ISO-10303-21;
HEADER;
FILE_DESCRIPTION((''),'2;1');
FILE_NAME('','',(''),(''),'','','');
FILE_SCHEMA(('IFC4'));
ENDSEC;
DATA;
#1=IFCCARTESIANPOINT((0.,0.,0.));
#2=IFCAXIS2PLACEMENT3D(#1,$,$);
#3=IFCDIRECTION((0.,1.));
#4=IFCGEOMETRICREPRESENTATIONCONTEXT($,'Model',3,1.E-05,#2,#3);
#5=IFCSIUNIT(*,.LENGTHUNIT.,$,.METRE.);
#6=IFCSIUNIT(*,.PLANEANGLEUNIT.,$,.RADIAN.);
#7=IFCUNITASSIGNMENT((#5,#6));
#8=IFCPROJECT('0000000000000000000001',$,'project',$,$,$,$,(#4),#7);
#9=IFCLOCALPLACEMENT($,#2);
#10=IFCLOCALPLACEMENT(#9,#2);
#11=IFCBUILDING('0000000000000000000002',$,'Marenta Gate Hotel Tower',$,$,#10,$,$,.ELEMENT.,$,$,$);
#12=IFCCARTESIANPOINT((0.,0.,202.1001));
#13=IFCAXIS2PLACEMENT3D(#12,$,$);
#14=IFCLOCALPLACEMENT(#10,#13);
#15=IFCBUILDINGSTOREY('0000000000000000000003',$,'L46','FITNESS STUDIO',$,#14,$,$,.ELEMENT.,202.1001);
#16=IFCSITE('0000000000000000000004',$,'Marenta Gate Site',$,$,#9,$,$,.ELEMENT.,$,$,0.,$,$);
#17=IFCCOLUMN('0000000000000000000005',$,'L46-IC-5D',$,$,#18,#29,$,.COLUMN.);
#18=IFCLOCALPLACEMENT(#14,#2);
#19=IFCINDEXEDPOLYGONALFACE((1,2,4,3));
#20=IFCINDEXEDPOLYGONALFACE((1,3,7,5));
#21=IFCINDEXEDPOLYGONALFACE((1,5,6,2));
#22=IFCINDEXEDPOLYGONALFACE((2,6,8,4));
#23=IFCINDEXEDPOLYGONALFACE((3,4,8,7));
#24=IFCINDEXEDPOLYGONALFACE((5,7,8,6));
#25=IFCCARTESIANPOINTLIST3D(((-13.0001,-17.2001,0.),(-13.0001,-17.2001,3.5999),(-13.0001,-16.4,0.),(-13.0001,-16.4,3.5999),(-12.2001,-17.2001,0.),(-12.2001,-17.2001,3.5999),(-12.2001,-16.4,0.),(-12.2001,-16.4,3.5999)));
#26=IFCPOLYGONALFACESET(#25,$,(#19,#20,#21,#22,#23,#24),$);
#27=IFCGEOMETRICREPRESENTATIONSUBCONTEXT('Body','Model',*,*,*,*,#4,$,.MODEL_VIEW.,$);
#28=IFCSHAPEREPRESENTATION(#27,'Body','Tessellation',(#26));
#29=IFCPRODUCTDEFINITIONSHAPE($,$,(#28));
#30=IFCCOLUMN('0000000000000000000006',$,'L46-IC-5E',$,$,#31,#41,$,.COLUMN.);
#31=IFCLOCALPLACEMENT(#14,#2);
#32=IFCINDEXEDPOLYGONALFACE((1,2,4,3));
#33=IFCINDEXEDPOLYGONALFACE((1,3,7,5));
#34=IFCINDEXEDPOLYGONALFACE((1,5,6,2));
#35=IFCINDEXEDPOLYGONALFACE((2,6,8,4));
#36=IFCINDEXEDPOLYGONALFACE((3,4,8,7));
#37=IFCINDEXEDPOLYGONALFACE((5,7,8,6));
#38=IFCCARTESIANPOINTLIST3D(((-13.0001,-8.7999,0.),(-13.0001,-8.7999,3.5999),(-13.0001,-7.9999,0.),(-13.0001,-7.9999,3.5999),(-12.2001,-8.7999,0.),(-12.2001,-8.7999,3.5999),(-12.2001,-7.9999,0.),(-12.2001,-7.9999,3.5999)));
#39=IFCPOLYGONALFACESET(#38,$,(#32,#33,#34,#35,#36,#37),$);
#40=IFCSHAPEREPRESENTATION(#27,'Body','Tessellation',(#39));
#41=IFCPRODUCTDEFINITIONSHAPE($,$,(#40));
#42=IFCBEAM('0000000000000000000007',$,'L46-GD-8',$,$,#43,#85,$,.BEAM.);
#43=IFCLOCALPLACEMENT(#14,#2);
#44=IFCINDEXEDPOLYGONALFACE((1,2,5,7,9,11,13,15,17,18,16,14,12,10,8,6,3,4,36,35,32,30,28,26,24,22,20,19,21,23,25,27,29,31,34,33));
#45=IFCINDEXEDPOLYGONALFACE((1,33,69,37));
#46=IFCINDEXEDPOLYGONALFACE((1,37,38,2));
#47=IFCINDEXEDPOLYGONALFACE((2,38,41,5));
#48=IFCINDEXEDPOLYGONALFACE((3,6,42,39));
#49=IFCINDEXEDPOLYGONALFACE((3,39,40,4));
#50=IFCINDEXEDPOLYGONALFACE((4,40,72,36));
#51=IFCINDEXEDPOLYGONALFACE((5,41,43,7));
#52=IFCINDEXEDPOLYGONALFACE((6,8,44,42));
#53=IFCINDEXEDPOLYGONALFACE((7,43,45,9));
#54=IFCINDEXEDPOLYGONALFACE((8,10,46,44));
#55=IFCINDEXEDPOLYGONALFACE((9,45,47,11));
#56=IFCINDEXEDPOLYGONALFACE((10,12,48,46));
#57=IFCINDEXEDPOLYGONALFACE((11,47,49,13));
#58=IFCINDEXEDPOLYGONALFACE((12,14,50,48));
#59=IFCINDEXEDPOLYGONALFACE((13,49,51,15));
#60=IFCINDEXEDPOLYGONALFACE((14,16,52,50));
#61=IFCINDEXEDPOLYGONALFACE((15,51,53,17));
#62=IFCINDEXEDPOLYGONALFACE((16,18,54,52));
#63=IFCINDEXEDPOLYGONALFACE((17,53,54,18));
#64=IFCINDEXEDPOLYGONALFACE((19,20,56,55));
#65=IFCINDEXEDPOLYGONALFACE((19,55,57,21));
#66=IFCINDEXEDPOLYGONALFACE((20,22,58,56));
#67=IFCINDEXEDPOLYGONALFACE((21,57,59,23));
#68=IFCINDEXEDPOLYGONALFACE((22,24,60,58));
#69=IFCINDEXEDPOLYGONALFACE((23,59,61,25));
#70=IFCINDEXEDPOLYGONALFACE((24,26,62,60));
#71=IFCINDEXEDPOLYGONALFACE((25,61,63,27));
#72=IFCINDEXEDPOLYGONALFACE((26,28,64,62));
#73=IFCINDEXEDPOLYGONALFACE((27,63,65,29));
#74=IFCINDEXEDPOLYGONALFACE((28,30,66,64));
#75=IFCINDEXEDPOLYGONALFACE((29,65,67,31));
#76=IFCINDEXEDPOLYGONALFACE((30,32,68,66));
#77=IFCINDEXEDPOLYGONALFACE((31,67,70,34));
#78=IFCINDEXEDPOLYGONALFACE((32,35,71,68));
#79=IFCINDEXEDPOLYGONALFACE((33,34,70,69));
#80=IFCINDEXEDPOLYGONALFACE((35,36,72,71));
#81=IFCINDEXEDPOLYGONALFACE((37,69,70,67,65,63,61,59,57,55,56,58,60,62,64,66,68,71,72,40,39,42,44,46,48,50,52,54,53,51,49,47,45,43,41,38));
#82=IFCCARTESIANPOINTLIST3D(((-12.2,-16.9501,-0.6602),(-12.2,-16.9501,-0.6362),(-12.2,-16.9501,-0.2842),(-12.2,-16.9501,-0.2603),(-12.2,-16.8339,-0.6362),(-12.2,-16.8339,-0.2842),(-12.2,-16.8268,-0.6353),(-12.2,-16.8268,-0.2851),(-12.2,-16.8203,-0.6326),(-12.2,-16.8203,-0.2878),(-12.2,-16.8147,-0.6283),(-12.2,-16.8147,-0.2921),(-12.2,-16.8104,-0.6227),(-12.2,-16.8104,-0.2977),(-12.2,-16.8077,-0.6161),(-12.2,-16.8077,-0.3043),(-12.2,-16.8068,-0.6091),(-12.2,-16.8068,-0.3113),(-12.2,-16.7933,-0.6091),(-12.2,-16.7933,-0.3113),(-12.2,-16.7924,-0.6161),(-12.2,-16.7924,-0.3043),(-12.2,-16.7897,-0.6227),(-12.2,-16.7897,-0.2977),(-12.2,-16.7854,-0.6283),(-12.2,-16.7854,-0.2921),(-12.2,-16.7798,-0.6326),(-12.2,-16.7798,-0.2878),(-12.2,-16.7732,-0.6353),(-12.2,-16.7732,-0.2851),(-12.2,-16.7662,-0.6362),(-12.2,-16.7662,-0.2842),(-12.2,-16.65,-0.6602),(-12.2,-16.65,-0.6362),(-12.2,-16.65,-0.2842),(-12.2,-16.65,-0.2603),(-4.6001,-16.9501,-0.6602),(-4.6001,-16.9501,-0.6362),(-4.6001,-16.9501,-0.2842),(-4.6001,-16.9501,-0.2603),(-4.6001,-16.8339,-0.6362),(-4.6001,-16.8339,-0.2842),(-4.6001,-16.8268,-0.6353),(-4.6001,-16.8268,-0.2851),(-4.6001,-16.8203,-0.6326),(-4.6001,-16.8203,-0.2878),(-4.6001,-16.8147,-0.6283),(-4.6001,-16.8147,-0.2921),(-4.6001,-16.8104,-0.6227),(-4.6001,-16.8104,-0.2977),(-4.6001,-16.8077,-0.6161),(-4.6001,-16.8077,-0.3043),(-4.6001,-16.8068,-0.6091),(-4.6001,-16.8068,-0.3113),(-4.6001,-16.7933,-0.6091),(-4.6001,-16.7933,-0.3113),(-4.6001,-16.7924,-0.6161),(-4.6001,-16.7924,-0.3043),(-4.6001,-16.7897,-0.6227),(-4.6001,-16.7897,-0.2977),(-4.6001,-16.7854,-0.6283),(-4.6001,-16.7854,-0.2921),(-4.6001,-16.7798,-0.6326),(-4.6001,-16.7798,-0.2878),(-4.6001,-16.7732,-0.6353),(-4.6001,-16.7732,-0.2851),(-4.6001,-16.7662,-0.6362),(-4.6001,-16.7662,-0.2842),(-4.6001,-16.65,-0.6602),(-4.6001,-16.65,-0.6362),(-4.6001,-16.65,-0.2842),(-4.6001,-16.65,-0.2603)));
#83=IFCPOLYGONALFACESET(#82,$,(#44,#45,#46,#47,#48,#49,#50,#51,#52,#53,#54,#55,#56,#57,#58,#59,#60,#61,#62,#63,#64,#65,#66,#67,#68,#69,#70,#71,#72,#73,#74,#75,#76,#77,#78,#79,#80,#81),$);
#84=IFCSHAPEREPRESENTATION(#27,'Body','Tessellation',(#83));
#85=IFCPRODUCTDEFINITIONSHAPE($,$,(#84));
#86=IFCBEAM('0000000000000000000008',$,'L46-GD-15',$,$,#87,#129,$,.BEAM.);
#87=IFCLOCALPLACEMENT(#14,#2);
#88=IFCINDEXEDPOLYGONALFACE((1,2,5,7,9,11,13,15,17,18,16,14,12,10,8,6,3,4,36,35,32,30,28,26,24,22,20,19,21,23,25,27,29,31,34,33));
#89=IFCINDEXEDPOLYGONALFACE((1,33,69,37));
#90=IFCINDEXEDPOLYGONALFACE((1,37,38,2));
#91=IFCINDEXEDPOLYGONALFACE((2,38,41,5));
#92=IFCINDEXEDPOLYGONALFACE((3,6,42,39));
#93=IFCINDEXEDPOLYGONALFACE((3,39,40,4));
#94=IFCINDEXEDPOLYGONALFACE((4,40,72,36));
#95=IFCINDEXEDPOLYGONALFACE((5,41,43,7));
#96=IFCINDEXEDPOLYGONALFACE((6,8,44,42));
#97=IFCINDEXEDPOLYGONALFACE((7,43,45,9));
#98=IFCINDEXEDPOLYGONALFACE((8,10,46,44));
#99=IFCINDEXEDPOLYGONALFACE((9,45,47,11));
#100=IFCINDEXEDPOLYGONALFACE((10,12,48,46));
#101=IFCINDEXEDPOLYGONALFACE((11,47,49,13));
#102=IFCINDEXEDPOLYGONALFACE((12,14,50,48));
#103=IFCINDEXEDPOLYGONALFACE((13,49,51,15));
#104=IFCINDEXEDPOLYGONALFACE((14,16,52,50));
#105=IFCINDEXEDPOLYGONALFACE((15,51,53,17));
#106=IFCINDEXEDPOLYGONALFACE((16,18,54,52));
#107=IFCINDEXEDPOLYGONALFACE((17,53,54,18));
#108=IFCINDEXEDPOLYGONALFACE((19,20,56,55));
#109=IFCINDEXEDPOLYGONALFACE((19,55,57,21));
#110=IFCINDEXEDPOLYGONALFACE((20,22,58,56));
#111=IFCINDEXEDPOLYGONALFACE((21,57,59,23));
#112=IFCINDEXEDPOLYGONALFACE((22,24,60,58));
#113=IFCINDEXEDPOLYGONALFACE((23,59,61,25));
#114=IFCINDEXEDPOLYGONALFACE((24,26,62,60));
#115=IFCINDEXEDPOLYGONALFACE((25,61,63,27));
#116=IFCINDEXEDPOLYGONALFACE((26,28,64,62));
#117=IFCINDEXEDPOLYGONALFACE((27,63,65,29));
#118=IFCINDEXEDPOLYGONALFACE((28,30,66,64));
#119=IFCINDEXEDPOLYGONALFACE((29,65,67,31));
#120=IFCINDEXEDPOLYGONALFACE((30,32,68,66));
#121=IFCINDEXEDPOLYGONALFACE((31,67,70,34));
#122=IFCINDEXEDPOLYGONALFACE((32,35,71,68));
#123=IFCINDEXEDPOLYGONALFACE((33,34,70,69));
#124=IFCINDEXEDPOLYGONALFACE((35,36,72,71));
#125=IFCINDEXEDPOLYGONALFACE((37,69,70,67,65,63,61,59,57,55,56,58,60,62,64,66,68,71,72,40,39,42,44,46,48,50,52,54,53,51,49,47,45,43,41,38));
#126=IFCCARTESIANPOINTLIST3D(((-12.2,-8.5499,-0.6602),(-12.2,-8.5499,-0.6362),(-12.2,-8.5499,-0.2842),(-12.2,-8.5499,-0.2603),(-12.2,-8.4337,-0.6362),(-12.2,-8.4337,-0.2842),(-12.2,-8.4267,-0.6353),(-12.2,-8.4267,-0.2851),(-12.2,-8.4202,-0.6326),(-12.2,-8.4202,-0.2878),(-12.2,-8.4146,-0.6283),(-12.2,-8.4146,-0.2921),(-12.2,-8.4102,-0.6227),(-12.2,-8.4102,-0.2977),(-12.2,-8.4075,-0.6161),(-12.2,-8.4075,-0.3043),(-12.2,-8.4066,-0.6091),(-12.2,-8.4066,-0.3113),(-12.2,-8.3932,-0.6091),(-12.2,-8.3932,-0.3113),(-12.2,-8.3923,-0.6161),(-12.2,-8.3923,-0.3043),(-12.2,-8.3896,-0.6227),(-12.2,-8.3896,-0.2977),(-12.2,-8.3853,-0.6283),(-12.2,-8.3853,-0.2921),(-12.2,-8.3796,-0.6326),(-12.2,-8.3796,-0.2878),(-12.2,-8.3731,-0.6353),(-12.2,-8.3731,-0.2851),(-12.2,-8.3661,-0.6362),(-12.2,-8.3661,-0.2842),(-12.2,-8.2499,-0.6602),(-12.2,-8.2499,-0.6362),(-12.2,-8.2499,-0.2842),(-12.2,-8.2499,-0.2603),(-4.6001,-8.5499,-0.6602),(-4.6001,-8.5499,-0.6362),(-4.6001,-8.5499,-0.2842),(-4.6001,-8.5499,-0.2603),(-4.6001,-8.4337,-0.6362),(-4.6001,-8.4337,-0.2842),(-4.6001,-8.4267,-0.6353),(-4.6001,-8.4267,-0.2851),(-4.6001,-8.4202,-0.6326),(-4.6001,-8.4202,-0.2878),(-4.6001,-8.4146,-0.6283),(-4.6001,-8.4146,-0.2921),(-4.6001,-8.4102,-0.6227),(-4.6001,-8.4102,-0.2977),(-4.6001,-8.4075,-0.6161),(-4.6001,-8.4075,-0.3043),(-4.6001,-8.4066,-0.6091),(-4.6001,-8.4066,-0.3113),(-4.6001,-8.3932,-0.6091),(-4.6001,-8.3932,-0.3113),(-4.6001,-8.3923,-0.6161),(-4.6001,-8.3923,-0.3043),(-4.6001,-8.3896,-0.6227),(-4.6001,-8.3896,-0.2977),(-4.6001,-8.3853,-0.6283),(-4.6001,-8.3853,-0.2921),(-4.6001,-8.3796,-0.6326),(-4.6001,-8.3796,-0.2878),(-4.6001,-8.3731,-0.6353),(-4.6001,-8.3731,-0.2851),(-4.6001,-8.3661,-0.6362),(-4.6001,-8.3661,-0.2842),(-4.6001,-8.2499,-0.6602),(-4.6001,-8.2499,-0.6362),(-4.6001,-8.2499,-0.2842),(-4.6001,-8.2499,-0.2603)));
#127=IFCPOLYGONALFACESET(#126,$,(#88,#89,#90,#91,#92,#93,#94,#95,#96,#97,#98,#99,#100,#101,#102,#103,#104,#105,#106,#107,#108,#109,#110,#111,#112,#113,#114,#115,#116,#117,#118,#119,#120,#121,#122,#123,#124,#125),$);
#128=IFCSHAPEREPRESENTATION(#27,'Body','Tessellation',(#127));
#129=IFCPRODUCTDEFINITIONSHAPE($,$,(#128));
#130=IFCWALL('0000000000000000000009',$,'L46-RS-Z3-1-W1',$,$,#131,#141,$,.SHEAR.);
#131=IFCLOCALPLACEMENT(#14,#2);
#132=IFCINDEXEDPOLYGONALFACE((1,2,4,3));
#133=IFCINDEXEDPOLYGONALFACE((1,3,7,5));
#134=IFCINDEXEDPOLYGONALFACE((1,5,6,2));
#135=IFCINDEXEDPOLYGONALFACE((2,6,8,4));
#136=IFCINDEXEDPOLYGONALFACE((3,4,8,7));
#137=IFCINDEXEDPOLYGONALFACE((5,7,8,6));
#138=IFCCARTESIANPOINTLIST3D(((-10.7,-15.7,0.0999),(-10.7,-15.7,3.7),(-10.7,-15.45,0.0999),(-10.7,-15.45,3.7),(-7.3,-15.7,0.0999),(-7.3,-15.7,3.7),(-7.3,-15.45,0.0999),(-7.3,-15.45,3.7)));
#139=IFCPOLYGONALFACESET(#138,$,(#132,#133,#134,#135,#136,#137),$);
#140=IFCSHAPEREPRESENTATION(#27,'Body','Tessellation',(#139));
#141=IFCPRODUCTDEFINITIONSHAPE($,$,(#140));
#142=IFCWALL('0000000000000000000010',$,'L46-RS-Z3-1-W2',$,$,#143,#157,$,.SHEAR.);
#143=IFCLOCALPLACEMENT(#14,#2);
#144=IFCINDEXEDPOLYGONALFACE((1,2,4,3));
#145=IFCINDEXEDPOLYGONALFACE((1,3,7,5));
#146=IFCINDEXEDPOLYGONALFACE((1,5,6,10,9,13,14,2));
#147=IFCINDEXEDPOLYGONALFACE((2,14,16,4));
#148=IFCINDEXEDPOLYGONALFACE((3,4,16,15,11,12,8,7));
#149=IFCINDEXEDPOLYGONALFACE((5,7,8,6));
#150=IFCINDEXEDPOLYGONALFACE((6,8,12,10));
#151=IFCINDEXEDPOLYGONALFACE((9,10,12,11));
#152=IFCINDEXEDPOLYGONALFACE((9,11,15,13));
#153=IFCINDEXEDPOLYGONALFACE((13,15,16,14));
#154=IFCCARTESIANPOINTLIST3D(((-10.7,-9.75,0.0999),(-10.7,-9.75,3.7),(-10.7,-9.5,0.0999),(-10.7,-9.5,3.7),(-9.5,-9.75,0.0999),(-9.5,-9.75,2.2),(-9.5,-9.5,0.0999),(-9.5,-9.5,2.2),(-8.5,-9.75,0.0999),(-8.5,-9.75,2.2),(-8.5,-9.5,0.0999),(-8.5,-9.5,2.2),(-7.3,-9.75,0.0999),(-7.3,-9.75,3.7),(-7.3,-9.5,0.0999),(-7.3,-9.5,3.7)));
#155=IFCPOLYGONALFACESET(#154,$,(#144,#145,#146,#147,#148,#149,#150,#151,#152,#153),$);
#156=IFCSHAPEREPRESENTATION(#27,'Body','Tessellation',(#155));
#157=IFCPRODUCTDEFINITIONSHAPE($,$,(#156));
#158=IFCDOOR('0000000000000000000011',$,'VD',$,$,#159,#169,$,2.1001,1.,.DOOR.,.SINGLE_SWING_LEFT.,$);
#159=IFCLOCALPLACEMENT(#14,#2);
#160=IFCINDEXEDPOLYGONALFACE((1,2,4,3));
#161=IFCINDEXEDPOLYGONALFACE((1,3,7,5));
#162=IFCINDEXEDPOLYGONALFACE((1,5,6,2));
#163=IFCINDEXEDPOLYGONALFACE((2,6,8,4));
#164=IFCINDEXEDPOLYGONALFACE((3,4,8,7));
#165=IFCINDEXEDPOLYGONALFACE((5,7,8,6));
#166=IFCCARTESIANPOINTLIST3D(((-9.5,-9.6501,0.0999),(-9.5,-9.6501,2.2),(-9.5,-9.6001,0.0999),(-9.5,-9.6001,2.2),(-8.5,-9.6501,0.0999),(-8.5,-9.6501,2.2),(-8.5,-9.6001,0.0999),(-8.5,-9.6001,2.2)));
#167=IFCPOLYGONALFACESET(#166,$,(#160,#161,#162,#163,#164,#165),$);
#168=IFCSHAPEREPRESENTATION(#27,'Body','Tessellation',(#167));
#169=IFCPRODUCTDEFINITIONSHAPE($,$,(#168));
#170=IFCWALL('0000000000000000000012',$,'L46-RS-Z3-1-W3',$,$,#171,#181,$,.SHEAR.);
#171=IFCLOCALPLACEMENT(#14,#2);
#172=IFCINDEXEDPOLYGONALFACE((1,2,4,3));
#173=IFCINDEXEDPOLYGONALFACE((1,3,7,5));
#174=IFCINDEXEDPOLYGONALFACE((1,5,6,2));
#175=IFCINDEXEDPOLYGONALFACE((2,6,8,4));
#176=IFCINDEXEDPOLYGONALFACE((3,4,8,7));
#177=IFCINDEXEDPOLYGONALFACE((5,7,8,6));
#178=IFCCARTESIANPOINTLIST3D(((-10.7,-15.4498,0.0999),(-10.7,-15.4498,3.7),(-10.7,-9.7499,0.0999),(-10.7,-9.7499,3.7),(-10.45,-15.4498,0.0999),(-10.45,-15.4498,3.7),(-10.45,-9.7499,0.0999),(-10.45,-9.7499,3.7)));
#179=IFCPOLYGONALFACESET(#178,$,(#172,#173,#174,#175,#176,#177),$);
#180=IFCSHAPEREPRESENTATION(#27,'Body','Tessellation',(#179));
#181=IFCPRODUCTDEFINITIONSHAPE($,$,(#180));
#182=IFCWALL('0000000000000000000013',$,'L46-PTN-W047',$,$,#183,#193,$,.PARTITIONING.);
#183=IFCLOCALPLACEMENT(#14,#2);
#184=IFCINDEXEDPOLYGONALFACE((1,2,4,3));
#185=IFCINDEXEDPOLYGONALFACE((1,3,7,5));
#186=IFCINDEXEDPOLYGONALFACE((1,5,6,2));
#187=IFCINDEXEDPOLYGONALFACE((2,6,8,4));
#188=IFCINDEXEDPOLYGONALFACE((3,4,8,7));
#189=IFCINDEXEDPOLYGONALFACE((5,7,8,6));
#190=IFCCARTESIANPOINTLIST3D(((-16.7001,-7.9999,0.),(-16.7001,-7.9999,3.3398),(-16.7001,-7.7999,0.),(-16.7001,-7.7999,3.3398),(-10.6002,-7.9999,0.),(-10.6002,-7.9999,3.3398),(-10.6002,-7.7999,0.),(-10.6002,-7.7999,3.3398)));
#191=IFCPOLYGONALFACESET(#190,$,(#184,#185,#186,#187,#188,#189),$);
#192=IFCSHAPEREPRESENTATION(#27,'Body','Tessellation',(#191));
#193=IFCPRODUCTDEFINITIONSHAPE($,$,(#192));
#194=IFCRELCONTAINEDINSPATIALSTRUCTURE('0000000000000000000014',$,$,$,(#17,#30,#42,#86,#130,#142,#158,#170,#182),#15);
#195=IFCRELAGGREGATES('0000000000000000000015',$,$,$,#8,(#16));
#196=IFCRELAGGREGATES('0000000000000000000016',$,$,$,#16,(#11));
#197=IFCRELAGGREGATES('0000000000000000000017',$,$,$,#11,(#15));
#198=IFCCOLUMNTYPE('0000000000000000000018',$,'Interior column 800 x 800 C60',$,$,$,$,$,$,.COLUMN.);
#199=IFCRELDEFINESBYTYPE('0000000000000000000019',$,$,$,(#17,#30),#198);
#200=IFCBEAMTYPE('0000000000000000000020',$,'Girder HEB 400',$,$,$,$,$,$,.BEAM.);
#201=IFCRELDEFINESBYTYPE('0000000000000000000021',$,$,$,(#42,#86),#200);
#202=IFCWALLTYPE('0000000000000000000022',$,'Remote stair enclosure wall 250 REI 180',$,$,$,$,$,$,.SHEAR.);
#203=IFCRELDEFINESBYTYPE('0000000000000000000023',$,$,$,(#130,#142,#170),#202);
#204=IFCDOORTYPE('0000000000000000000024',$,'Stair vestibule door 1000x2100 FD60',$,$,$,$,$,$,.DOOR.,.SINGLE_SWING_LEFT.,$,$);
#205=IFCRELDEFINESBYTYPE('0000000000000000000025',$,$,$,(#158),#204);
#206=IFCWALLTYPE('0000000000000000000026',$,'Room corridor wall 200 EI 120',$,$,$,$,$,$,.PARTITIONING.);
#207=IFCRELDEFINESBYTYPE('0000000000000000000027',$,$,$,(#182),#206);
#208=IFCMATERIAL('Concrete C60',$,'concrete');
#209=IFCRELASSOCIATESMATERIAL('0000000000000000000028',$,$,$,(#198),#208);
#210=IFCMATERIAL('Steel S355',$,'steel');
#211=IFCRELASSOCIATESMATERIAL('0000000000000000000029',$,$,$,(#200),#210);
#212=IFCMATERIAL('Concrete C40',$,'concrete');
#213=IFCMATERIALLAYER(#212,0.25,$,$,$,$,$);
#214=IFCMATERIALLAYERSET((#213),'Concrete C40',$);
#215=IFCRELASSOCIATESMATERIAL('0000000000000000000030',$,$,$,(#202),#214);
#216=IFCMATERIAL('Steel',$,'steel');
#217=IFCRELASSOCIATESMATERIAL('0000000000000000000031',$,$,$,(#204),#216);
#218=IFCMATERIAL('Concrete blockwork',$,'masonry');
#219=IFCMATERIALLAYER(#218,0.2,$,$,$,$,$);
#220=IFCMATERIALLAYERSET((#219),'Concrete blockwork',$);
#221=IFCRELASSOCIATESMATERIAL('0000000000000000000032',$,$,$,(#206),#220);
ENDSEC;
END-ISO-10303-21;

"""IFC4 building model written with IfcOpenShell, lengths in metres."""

from ifc_helpers import new_model, si_unit, direction, frame, frame_2d, origin, origin_2d, place, context, subcontext, project, spatial, rectangle, i_section, extrude, material, layer, layer_set, material_profile, profile_set, type_object, element, fill, save


model = new_model("IFC4")

# Units and contexts
model_context = context("Model", 3, precision=1e-05, world=origin(), true_north=direction((0.0, 1.0)))
body_context = subcontext(model_context, "Body", "Model", "MODEL_VIEW")
ifc_project = project(units=[si_unit("LENGTHUNIT", "METRE"), si_unit("PLANEANGLEUNIT", "RADIAN")], contexts=[model_context])

# Site, building, storey
site_placement = place(None, origin())
site = spatial("IfcSite", under=ifc_project, at=site_placement, Name="Marenta Gate Site", CompositionType="ELEMENT", RefElevation=0.0)
building_placement = place(site_placement, origin())
building = spatial("IfcBuilding", under=site, at=building_placement, Name="Marenta Gate Hotel Tower", CompositionType="ELEMENT")
storey_placement = place(building_placement, frame((0.0, 0.0, 202.1001)))
storey = spatial("IfcBuildingStorey", under=building, at=storey_placement, Name="L46", Description="FITNESS STUDIO", CompositionType="ELEMENT", Elevation=202.1001)

# Columns
ifc_material_1 = material(Name="Concrete C60", Category="concrete")
ifc_material_profile_1 = material_profile(ifc_material_1, rectangle(XDim=0.8, YDim=0.8, at=origin_2d()), Name="800 x 800")
ifc_profile_set_1 = profile_set([ifc_material_profile_1], Name="Concrete C60")
column_type = type_object("IfcColumnType", Name="Interior column 800 x 800 C60", PredefinedType="COLUMN", material=ifc_profile_set_1)
for number, where, z_axis, x_axis, name in (
    (1, (-12.6001, -16.8, 0.0), (0.0, 0.0, 1.0), (1.0, 0.0, 0.0), "L46-IC-5D"),
    (2, (-12.6001, -8.3999, 0.0), (0.0, 0.0, 1.0), (1.0, 0.0, 0.0), "L46-IC-5E"),
):
    element("IfcColumn", number, at=place(storey_placement, frame(where, z_axis=z_axis, x_axis=x_axis)), inside=storey, type_object=column_type, Name=name, PredefinedType="COLUMN", context=body_context, shape_type="SweptSolid", body=[
        extrude(rectangle(XDim=0.8, YDim=0.8, at=origin_2d()), origin(), (0.0, 0.0, 1.0), 3.5999),
    ])

# Beams
ifc_material_2 = material(Name="Steel S355", Category="steel")
ifc_material_profile_2 = material_profile(ifc_material_2, i_section(OverallWidth=0.3, OverallDepth=0.3999, WebThickness=0.0134, FlangeThickness=0.0239, FilletRadius=0.0271, at=origin_2d()), Name="HEB 400")
ifc_profile_set_2 = profile_set([ifc_material_profile_2], Name="Steel S355")
beam_type = type_object("IfcBeamType", Name="Girder HEB 400", PredefinedType="BEAM", material=ifc_profile_set_2)
for number, where, z_axis, x_axis, name in (
    (3, (-12.2, -16.8, -0.4602), (1.0, 0.0, 0.0), (0.0, 1.0, 0.0), "L46-GD-8"),
    (4, (-12.2, -8.3999, -0.4602), (1.0, 0.0, 0.0), (0.0, 1.0, 0.0), "L46-GD-15"),
):
    element("IfcBeam", number, at=place(storey_placement, frame(where, z_axis=z_axis, x_axis=x_axis)), inside=storey, type_object=beam_type, Name=name, PredefinedType="BEAM", context=body_context, shape_type="SweptSolid", body=[
        extrude(i_section(OverallWidth=0.3, OverallDepth=0.3999, WebThickness=0.0134, FlangeThickness=0.0239, FilletRadius=0.0271, at=origin_2d()), origin(), (0.0, 0.0, 1.0), 7.5999),
    ])

# Wall
ifc_material_3 = material(Name="Concrete C40", Category="concrete")
ifc_layer_1 = layer(ifc_material_3, 0.25)
ifc_layer_set_1 = layer_set([ifc_layer_1], Name="Concrete C40")
wall_type_1 = type_object("IfcWallType", Name="Remote stair enclosure wall 250 REI 180", PredefinedType="SHEAR", material=ifc_layer_set_1)
wall_1_placement = place(storey_placement, frame((-10.7, -15.575, 0.0999), z_axis=(0.0, 0.0, 1.0), x_axis=(1.0, 0.0, 0.0)))
element("IfcWall", 5, at=wall_1_placement, inside=storey, type_object=wall_type_1, Name="L46-RS-Z3-1-W1", PredefinedType="SHEAR", context=body_context, shape_type="SweptSolid", body=[
    extrude(rectangle(XDim=3.3999, YDim=0.25, at=frame_2d((1.7, 0.0))), origin(), (0.0, 0.0, 1.0), 3.6001),
])

# Wall, opening, door
wall_2_placement = place(storey_placement, frame((-10.7, -9.625, 0.0999), z_axis=(0.0, 0.0, 1.0), x_axis=(1.0, 0.0, 0.0)))
wall_2 = element("IfcWall", 6, at=wall_2_placement, inside=storey, type_object=wall_type_1, Name="L46-RS-Z3-1-W2", PredefinedType="SHEAR", context=body_context, shape_type="SweptSolid", body=[
    extrude(rectangle(XDim=3.3999, YDim=0.25, at=frame_2d((1.7, 0.0))), origin(), (0.0, 0.0, 1.0), 3.6001),
])
opening_1_placement = place(wall_2_placement, frame((1.2, 0.0, 0.0)))
opening_1 = element("IfcOpeningElement", 7, at=opening_1_placement, cuts=wall_2, PredefinedType="OPENING", context=body_context, shape_type="SweptSolid", body=[
    extrude(rectangle(XDim=1.0, YDim=2.1001, at=frame_2d((0.5, 1.05))), frame((0.0, 0.125, 0.0), z_axis=(0.0, -1.0, 0.0), x_axis=(1.0, 0.0, 0.0)), (0.0, 0.0, 1.0), 0.25),
])
ifc_material_4 = material(Name="Steel", Category="steel")
door_type_1 = type_object("IfcDoorType", Name="Stair vestibule door 1000x2100 FD60", OperationType="SINGLE_SWING_LEFT", PredefinedType="DOOR", material=ifc_material_4)
door_1_placement = place(opening_1_placement, origin())
door_1 = element("IfcDoor", 8, at=door_1_placement, inside=storey, type_object=door_type_1, Name="VD", OperationType="SINGLE_SWING_LEFT", OverallHeight=2.1001, OverallWidth=1.0, PredefinedType="DOOR", context=body_context, shape_type="SweptSolid", body=[
    extrude(rectangle(XDim=1.0, YDim=2.1001, at=frame_2d((0.5, 1.05))), frame((0.0, 0.0249, 0.0), z_axis=(0.0, -1.0, 0.0), x_axis=(1.0, 0.0, 0.0)), (0.0, 0.0, 1.0), 0.05),
])
fill(opening_1, door_1)

# Wall
wall_3_placement = place(storey_placement, frame((-10.575, -15.45, 0.0999), z_axis=(0.0, 0.0, 1.0), x_axis=(0.0, 1.0, 0.0)))
element("IfcWall", 9, at=wall_3_placement, inside=storey, type_object=wall_type_1, Name="L46-RS-Z3-1-W3", PredefinedType="SHEAR", context=body_context, shape_type="SweptSolid", body=[
    extrude(rectangle(XDim=5.7, YDim=0.25, at=frame_2d((2.8501, 0.0))), origin(), (0.0, 0.0, 1.0), 3.6001),
])

# Shared definitions
ifc_material_5 = material(Name="Concrete blockwork", Category="masonry")
ifc_layer_2 = layer(ifc_material_5, 0.2)
ifc_layer_set_2 = layer_set([ifc_layer_2], Name="Concrete blockwork")
wall_type_2 = type_object("IfcWallType", Name="Room corridor wall 200 EI 120", PredefinedType="PARTITIONING", material=ifc_layer_set_2)

# Wall
wall_4_placement = place(storey_placement, frame((-16.7, -7.8999, 0.0), z_axis=(0.0, 0.0, 1.0), x_axis=(1.0, 0.0, 0.0)))
element("IfcWall", 10, at=wall_4_placement, inside=storey, type_object=wall_type_2, Name="L46-PTN-W047", PredefinedType="PARTITIONING", context=body_context, shape_type="SweptSolid", body=[
    extrude(rectangle(XDim=6.0999, YDim=0.2, at=frame_2d((3.0498, 0.0))), origin(), (0.0, 0.0, 1.0), 3.3398),
])

save(model, "model.ifc")
